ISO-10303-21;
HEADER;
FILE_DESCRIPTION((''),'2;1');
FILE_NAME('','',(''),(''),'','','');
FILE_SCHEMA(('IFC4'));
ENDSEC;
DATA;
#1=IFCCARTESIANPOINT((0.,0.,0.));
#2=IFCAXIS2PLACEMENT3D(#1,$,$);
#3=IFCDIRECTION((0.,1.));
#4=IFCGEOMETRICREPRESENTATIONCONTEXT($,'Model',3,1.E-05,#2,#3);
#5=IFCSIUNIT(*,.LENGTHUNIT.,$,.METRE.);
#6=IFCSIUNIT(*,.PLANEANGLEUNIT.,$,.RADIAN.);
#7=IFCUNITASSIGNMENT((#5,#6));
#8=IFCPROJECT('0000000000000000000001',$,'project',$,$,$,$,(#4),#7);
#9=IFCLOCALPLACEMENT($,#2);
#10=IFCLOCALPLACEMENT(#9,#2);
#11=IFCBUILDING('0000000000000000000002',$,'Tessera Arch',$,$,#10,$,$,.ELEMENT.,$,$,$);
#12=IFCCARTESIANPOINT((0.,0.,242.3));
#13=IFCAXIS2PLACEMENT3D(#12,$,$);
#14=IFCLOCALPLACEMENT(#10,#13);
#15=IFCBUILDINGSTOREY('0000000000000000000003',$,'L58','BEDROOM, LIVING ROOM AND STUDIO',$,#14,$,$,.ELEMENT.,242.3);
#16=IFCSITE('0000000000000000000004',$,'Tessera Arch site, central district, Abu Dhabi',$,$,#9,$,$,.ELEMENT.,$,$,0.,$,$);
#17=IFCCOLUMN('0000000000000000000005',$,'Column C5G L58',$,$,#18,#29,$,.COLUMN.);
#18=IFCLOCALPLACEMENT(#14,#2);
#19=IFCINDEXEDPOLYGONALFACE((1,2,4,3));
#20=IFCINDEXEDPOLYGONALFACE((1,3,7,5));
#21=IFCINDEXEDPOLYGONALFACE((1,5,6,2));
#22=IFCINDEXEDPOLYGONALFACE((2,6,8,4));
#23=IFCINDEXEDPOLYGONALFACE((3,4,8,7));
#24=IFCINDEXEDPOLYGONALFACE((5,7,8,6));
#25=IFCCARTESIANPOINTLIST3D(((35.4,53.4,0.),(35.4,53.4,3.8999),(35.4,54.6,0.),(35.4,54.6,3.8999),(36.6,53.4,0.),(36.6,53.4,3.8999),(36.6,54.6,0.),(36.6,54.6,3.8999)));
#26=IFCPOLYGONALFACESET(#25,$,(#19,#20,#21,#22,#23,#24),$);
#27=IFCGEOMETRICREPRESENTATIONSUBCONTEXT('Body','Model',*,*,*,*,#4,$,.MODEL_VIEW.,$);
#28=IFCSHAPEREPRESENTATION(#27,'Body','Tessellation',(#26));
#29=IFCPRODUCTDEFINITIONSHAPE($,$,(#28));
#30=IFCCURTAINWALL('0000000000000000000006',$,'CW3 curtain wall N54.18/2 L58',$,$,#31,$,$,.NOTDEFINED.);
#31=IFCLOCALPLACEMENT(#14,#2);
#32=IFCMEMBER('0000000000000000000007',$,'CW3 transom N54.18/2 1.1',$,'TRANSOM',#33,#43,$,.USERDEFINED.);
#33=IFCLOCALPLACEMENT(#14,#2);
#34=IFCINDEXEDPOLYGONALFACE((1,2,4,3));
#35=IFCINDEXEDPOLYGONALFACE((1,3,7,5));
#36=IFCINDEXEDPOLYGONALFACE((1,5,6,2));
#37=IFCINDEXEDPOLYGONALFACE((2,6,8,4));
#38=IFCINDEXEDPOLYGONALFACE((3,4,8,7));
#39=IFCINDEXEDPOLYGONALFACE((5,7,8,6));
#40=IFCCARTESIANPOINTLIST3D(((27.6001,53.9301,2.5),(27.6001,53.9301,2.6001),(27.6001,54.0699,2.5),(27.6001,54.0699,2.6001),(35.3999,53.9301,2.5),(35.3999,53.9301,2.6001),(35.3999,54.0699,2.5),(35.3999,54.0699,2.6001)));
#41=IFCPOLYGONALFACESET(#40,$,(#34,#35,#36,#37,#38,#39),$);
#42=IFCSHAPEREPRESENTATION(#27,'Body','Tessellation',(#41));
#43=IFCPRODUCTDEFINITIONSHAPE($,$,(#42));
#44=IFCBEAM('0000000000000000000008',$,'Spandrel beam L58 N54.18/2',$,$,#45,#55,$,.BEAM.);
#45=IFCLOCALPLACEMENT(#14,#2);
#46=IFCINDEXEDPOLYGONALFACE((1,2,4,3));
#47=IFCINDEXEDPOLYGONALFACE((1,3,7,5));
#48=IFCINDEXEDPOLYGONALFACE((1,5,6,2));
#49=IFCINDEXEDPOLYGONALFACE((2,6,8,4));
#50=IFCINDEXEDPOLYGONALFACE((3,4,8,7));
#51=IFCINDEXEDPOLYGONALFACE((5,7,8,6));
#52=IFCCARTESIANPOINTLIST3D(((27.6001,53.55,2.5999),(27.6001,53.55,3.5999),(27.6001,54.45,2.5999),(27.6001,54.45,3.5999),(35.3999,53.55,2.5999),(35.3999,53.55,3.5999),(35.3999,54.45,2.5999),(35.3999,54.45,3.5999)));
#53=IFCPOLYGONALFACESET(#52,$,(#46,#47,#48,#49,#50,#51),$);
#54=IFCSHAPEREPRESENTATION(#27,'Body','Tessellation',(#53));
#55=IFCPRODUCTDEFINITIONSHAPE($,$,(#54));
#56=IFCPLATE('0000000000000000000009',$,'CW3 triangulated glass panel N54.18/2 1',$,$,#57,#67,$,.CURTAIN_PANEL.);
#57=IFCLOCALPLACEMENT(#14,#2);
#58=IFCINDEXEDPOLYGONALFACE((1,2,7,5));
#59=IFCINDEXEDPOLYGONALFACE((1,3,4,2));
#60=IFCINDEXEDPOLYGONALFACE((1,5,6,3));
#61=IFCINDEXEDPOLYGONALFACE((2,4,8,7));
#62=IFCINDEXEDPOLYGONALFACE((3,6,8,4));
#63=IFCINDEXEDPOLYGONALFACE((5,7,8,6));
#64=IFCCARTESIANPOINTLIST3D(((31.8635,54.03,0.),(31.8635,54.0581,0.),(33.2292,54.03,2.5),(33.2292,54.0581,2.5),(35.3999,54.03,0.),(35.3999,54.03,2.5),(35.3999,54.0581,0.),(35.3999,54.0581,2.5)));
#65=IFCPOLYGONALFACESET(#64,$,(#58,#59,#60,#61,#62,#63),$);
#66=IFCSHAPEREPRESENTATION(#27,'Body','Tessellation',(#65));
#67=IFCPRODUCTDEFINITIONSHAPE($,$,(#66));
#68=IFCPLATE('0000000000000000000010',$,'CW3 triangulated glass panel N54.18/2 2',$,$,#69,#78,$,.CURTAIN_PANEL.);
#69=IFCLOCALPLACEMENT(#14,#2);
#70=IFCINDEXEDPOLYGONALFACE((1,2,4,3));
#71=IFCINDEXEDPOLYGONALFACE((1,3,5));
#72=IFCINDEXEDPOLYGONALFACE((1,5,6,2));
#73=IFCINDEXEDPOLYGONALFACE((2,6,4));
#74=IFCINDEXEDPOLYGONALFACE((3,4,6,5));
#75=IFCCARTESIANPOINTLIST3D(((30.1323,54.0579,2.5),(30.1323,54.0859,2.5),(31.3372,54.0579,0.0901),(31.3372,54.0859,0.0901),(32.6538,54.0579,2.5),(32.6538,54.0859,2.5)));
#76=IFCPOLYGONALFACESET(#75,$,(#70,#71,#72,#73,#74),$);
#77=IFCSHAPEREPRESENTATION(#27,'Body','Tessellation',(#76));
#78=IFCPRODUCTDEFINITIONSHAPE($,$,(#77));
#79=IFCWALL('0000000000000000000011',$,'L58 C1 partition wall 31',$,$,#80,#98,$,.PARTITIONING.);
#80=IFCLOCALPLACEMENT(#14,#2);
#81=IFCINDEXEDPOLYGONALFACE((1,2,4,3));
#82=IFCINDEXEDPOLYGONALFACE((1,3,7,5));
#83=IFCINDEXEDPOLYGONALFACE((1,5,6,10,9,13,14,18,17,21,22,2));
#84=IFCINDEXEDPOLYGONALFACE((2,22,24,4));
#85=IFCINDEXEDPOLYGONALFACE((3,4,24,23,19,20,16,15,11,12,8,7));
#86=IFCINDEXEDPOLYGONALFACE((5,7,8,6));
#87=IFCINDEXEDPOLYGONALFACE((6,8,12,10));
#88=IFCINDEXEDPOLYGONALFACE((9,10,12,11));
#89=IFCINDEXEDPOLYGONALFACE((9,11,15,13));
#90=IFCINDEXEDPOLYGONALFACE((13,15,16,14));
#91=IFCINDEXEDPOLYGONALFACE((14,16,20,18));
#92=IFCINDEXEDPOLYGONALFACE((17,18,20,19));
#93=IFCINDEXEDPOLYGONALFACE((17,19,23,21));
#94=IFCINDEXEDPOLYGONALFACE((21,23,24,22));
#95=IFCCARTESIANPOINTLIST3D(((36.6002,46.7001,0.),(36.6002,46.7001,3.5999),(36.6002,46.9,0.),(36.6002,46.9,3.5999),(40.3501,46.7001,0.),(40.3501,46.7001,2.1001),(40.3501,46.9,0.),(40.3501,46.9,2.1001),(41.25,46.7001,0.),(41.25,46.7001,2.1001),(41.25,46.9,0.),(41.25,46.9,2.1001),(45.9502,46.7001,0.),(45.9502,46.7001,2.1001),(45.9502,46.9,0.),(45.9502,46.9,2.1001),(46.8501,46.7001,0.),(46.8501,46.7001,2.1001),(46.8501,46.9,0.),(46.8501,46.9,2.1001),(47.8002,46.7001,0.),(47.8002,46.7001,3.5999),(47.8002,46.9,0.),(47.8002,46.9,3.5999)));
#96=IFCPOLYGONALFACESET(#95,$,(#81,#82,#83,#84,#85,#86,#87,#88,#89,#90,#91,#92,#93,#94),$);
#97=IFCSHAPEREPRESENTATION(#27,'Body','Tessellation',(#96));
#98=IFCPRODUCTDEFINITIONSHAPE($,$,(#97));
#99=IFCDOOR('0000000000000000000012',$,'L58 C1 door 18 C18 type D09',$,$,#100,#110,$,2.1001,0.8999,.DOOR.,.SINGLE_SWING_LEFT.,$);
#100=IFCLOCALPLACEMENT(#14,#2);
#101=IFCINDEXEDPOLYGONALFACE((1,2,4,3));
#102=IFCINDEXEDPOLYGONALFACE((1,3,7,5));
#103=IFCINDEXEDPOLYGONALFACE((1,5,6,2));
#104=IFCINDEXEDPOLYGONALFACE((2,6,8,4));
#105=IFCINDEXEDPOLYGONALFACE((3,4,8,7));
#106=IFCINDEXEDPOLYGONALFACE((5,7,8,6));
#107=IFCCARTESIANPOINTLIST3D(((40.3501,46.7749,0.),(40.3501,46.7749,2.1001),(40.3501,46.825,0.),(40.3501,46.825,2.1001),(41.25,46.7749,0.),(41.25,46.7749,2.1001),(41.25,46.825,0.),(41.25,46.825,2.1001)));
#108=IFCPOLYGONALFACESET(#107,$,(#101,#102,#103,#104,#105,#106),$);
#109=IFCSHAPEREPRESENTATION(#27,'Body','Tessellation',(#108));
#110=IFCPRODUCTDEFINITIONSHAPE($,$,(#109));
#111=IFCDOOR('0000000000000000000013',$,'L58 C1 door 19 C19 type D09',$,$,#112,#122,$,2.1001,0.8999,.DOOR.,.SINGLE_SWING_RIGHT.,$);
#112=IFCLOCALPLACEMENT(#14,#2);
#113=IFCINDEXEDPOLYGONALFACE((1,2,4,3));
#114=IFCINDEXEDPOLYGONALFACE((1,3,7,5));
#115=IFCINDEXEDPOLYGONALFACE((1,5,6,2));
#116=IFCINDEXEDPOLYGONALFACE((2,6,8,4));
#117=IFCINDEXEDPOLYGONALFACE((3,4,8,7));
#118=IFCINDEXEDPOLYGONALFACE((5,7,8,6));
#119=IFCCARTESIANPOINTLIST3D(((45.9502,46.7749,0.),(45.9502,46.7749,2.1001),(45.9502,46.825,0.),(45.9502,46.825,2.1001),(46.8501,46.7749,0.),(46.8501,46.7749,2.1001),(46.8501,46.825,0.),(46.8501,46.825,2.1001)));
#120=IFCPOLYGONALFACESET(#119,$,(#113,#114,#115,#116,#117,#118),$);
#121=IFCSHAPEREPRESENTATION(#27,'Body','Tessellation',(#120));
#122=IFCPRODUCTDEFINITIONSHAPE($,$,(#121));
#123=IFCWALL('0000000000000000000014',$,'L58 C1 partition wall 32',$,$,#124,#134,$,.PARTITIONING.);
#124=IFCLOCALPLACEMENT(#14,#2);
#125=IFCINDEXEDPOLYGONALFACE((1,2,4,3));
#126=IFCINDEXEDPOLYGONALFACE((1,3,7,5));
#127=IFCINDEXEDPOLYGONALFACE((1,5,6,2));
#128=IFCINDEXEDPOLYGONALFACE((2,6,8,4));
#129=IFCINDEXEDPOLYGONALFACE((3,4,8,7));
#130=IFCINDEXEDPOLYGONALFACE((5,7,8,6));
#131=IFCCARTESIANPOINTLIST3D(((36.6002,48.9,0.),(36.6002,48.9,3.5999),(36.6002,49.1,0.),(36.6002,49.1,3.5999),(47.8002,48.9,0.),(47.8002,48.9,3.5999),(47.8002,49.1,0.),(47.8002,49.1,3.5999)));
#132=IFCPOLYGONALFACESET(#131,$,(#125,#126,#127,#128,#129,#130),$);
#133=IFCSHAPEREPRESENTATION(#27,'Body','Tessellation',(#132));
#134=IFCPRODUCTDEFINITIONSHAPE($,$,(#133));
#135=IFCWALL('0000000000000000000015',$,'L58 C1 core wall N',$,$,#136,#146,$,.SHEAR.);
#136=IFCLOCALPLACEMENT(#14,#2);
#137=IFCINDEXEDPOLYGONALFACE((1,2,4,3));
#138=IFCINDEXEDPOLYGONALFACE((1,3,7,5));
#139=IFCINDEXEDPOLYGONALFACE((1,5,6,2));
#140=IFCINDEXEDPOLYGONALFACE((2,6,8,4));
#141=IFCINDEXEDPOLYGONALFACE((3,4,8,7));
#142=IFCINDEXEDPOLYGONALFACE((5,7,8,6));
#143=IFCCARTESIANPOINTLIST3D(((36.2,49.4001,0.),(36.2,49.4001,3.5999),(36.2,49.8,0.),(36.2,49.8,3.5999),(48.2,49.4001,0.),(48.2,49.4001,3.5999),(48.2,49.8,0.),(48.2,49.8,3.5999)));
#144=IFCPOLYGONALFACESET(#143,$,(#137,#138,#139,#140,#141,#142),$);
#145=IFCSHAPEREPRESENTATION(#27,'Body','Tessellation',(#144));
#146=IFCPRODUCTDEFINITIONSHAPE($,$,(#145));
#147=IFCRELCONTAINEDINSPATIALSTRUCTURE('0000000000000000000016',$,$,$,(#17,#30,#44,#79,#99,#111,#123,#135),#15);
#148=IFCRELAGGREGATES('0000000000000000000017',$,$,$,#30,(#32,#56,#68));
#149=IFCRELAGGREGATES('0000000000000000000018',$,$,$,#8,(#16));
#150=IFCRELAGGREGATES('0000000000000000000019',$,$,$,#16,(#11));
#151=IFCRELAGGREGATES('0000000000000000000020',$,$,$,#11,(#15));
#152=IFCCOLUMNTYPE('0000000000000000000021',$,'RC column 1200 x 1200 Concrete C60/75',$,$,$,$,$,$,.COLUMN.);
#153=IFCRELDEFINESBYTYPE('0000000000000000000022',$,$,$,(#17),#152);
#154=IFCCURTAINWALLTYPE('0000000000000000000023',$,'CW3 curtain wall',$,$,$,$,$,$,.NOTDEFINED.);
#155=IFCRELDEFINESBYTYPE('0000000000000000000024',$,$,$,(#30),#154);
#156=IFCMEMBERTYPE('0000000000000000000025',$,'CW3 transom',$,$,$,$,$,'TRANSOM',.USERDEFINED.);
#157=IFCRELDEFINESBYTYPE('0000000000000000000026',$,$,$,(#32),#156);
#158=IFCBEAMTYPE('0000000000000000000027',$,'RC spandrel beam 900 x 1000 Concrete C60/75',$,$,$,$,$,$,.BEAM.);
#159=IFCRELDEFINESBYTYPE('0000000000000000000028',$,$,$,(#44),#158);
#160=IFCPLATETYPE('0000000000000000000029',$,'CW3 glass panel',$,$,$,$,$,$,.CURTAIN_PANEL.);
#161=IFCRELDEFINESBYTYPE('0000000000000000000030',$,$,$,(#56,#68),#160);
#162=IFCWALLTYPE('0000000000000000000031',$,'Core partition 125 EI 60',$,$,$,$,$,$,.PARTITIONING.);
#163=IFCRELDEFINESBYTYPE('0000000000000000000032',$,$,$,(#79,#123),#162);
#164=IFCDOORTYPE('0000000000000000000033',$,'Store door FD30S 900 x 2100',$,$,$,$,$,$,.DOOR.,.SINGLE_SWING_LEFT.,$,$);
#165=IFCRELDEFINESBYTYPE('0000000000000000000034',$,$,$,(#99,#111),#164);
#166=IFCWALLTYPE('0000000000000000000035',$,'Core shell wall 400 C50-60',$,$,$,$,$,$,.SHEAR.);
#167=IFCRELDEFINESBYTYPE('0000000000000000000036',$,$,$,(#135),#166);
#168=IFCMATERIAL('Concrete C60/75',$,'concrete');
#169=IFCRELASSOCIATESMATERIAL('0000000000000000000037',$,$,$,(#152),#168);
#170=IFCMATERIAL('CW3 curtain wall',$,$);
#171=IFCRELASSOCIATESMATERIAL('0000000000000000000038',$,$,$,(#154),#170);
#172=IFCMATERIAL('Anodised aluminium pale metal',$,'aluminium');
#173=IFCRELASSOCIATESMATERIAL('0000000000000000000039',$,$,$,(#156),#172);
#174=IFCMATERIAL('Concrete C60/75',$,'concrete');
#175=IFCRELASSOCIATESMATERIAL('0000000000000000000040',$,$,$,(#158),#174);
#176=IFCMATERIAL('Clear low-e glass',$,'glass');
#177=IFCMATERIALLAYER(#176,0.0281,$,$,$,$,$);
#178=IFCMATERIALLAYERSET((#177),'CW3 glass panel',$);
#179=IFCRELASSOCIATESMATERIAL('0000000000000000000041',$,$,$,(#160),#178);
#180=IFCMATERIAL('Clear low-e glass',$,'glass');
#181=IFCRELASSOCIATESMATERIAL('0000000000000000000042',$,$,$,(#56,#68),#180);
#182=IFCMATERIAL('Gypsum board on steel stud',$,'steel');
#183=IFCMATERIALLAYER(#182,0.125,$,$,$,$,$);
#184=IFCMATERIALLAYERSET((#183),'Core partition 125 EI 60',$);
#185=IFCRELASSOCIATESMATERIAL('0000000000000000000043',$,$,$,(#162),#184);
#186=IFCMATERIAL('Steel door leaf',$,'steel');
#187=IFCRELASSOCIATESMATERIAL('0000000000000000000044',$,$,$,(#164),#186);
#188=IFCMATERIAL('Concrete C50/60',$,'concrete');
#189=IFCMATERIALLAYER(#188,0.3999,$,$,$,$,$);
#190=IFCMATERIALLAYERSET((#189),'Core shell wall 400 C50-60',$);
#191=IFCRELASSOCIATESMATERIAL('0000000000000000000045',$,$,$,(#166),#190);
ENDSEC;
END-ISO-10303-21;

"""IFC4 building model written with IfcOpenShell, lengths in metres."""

from ifc_helpers import new_model, si_unit, direction, frame, frame_2d, origin, origin_2d, place, context, subcontext, project, spatial, polyline, rectangle, outline, extrude, material, layer, layer_set, material_profile, profile_set, type_object, element, fill, aggregate, save


model = new_model("IFC4")

# Units and contexts
model_context = context("Model", 3, precision=1e-05, world=origin(), true_north=direction((0.0, 1.0)))
body_context = subcontext(model_context, "Body", "Model", "MODEL_VIEW")
ifc_project = project(units=[si_unit("LENGTHUNIT", "METRE"), si_unit("PLANEANGLEUNIT", "RADIAN")], contexts=[model_context])

# Site, building, storey
site_placement = place(None, origin())
site = spatial("IfcSite", under=ifc_project, at=site_placement, Name="Tessera Arch site, central district, Abu Dhabi", CompositionType="ELEMENT", RefElevation=0.0)
building_placement = place(site_placement, origin())
building = spatial("IfcBuilding", under=site, at=building_placement, Name="Tessera Arch", CompositionType="ELEMENT")
storey_placement = place(building_placement, frame((0.0, 0.0, 242.3)))
storey = spatial("IfcBuildingStorey", under=building, at=storey_placement, Name="L58", Description="BEDROOM, LIVING ROOM AND STUDIO", CompositionType="ELEMENT", Elevation=242.3)

# Column
ifc_material_1 = material(Name="Concrete C60/75", Category="concrete")
ifc_material_profile_1 = material_profile(ifc_material_1, rectangle(XDim=1.2, YDim=1.2, at=origin_2d()), Name="RC column 1200 x 1200 Concrete C60/75")
ifc_profile_set_1 = profile_set([ifc_material_profile_1], Name="Concrete C60/75")
column_type = type_object("IfcColumnType", Name="RC column 1200 x 1200 Concrete C60/75", PredefinedType="COLUMN", material=ifc_profile_set_1)
column_placement = place(storey_placement, frame((36.0, 54.0, 0.0), z_axis=(0.0, 0.0, 1.0), x_axis=(1.0, 0.0, 0.0)))
element("IfcColumn", 1, at=column_placement, inside=storey, type_object=column_type, Name="Column C5G L58", PredefinedType="COLUMN", context=body_context, shape_type="SweptSolid", body=[
    extrude(rectangle(XDim=1.2, YDim=1.2, at=origin_2d()), origin(), (0.0, 0.0, 1.0), 3.8999),
])

# Curtain wall, member
ifc_material_2 = material(Name="CW3 curtain wall")
curtain_wall_type = type_object("IfcCurtainWallType", Name="CW3 curtain wall", PredefinedType="NOTDEFINED", material=ifc_material_2)
curtain_wall_placement = place(storey_placement, origin())
curtain_wall = element("IfcCurtainWall", 2, at=curtain_wall_placement, inside=storey, type_object=curtain_wall_type, Name="CW3 curtain wall N54.18/2 L58", PredefinedType="NOTDEFINED")
ifc_material_3 = material(Name="Anodised aluminium pale metal", Category="aluminium")
ifc_material_profile_2 = material_profile(ifc_material_3, rectangle(XDim=0.1399, YDim=0.1001, at=origin_2d()), Name="AL 140x100")
ifc_profile_set_2 = profile_set([ifc_material_profile_2], Name="Anodised aluminium pale metal")
member_type = type_object("IfcMemberType", Name="CW3 transom", ElementType="TRANSOM", PredefinedType="USERDEFINED", material=ifc_profile_set_2)
member_placement = place(storey_placement, frame((35.3999, 54.0, 2.55), z_axis=(-1.0, 0.0, 0.0), x_axis=(0.0, -1.0, 0.0)))
member = element("IfcMember", 3, at=member_placement, type_object=member_type, Name="CW3 transom N54.18/2 1.1", ObjectType="TRANSOM", PredefinedType="USERDEFINED", context=body_context, shape_type="SweptSolid", body=[
    extrude(rectangle(XDim=0.1399, YDim=0.1001, at=origin_2d()), origin(), (0.0, 0.0, 1.0), 7.7998),
])

# Beam
ifc_material_4 = material(Name="Concrete C60/75", Category="concrete")
ifc_material_profile_3 = material_profile(ifc_material_4, rectangle(XDim=0.8999, YDim=1.0, at=origin_2d()), Name="RC spandrel beam 900 x 1000 Concrete C60/75")
ifc_profile_set_3 = profile_set([ifc_material_profile_3], Name="Concrete C60/75")
beam_type = type_object("IfcBeamType", Name="RC spandrel beam 900 x 1000 Concrete C60/75", PredefinedType="BEAM", material=ifc_profile_set_3)
beam_placement = place(storey_placement, frame((35.3999, 54.0, 3.0999), z_axis=(-1.0, 0.0, 0.0), x_axis=(0.0, -1.0, 0.0)))
element("IfcBeam", 4, at=beam_placement, inside=storey, type_object=beam_type, Name="Spandrel beam L58 N54.18/2", PredefinedType="BEAM", context=body_context, shape_type="SweptSolid", body=[
    extrude(rectangle(XDim=0.8999, YDim=1.0, at=origin_2d()), origin(), (0.0, 0.0, 1.0), 7.7998),
])

# Plates
ifc_material_5 = material(Name="Clear low-e glass", Category="glass")
ifc_material_6 = material(Name="Clear low-e glass", Category="glass")
ifc_layer_1 = layer(ifc_material_6, 0.0281)
ifc_layer_set_1 = layer_set([ifc_layer_1], Name="CW3 glass panel")
plate_type = type_object("IfcPlateType", Name="CW3 glass panel", PredefinedType="CURTAIN_PANEL", material=ifc_layer_set_1)
plate_1_placement = place(storey_placement, frame((35.3999, 54.0581, 0.0), z_axis=(0.0, 1.0, 0.0), x_axis=(-1.0, 0.0, 0.0)))
plate_1 = element("IfcPlate", 5, at=plate_1_placement, type_object=plate_type, material=ifc_material_5, Name="CW3 triangulated glass panel N54.18/2 1", PredefinedType="CURTAIN_PANEL", context=body_context, shape_type="SweptSolid", body=[
    extrude(outline(polyline([(0.0, 0.0), (3.5364, 0.0), (2.1707, 2.5), (0.0, 2.5), (0.0, 0.0)])), origin(), (0.0, 0.0, -1.0), 0.0281),
])
plate_2_placement = place(storey_placement, frame((30.1323, 54.0859, 2.5), z_axis=(0.0, 1.0, 0.0), x_axis=(1.0, 0.0, 0.0)))
plate_2 = element("IfcPlate", 6, at=plate_2_placement, type_object=plate_type, material=ifc_material_5, Name="CW3 triangulated glass panel N54.18/2 2", PredefinedType="CURTAIN_PANEL", context=body_context, shape_type="SweptSolid", body=[
    extrude(outline(polyline([(0.0, 0.0), (2.5215, 0.0), (1.2048, 2.4099), (0.0, 0.0)])), origin(), (0.0, 0.0, -1.0), 0.0281),
])
aggregate(curtain_wall, [member, plate_1, plate_2])

# Wall, openings, doors
ifc_material_7 = material(Name="Gypsum board on steel stud", Category="steel")
ifc_layer_2 = layer(ifc_material_7, 0.125)
ifc_layer_set_2 = layer_set([ifc_layer_2], Name="Core partition 125 EI 60")
wall_type_1 = type_object("IfcWallType", Name="Core partition 125 EI 60", PredefinedType="PARTITIONING", material=ifc_layer_set_2)
wall_1_placement = place(storey_placement, frame((36.6001, 46.8, 0.0), z_axis=(0.0, 0.0, 1.0), x_axis=(1.0, 0.0, 0.0)))
wall_1 = element("IfcWall", 7, at=wall_1_placement, inside=storey, type_object=wall_type_1, Name="L58 C1 partition wall 31", PredefinedType="PARTITIONING", context=body_context, shape_type="SweptSolid", body=[
    extrude(rectangle(XDim=11.2, YDim=0.2, at=frame_2d((5.6001, 0.0))), origin(), (0.0, 0.0, 1.0), 3.5999),
])
opening_1_placement = place(wall_1_placement, frame((3.75, 0.0, 0.0)))
opening_1 = element("IfcOpeningElement", 8, at=opening_1_placement, cuts=wall_1, PredefinedType="OPENING", context=body_context, shape_type="SweptSolid", body=[
    extrude(rectangle(XDim=0.8999, YDim=2.1001, at=frame_2d((0.45, 1.05))), frame((0.0, 0.1099, 0.0), z_axis=(0.0, -1.0, 0.0), x_axis=(1.0, 0.0, 0.0)), (0.0, 0.0, 1.0), 0.22),
])
opening_2_placement = place(wall_1_placement, frame((9.3501, 0.0, 0.0)))
opening_2 = element("IfcOpeningElement", 9, at=opening_2_placement, cuts=wall_1, PredefinedType="OPENING", context=body_context, shape_type="SweptSolid", body=[
    extrude(rectangle(XDim=0.8999, YDim=2.1001, at=frame_2d((0.45, 1.05))), frame((0.0, 0.1099, 0.0), z_axis=(0.0, -1.0, 0.0), x_axis=(1.0, 0.0, 0.0)), (0.0, 0.0, 1.0), 0.22),
])
ifc_material_8 = material(Name="Steel door leaf", Category="steel")
door_type_1 = type_object("IfcDoorType", Name="Store door FD30S 900 x 2100", OperationType="SINGLE_SWING_LEFT", PredefinedType="DOOR", material=ifc_material_8)
door_1_placement = place(opening_1_placement, origin())
door_1 = element("IfcDoor", 10, at=door_1_placement, inside=storey, type_object=door_type_1, Name="L58 C1 door 18 C18 type D09", OperationType="SINGLE_SWING_LEFT", OverallHeight=2.1001, OverallWidth=0.8999, PredefinedType="DOOR", context=body_context, shape_type="SweptSolid", body=[
    extrude(rectangle(XDim=0.8999, YDim=2.1001, at=frame_2d((0.45, 1.05))), frame((0.0, 0.0249, 0.0), z_axis=(0.0, -1.0, 0.0), x_axis=(1.0, 0.0, 0.0)), (0.0, 0.0, 1.0), 0.05),
])
fill(opening_1, door_1)
door_2_placement = place(opening_2_placement, origin())
door_2 = element("IfcDoor", 11, at=door_2_placement, inside=storey, type_object=door_type_1, Name="L58 C1 door 19 C19 type D09", OperationType="SINGLE_SWING_RIGHT", OverallHeight=2.1001, OverallWidth=0.8999, PredefinedType="DOOR", context=body_context, shape_type="SweptSolid", body=[
    extrude(rectangle(XDim=0.8999, YDim=2.1001, at=frame_2d((0.45, 1.05))), frame((0.0, 0.0249, 0.0), z_axis=(0.0, -1.0, 0.0), x_axis=(1.0, 0.0, 0.0)), (0.0, 0.0, 1.0), 0.05),
])
fill(opening_2, door_2)

# Walls
wall_2_placement = place(storey_placement, frame((36.6001, 49.0, 0.0), z_axis=(0.0, 0.0, 1.0), x_axis=(1.0, 0.0, 0.0)))
element("IfcWall", 12, at=wall_2_placement, inside=storey, type_object=wall_type_1, Name="L58 C1 partition wall 32", PredefinedType="PARTITIONING", context=body_context, shape_type="SweptSolid", body=[
    extrude(rectangle(XDim=11.2, YDim=0.2, at=frame_2d((5.6001, 0.0))), origin(), (0.0, 0.0, 1.0), 3.5999),
])
ifc_material_9 = material(Name="Concrete C50/60", Category="concrete")
ifc_layer_3 = layer(ifc_material_9, 0.3999)
ifc_layer_set_3 = layer_set([ifc_layer_3], Name="Core shell wall 400 C50-60")
wall_type_2 = type_object("IfcWallType", Name="Core shell wall 400 C50-60", PredefinedType="SHEAR", material=ifc_layer_set_3)
wall_3_placement = place(storey_placement, frame((36.2, 49.6001, 0.0), z_axis=(0.0, 0.0, 1.0), x_axis=(1.0, 0.0, 0.0)))
element("IfcWall", 13, at=wall_3_placement, inside=storey, type_object=wall_type_2, Name="L58 C1 core wall N", PredefinedType="SHEAR", context=body_context, shape_type="SweptSolid", body=[
    extrude(rectangle(XDim=12.0, YDim=0.3999, at=frame_2d((6.0, 0.0))), origin(), (0.0, 0.0, 1.0), 3.5999),
])

save(model, "model.ifc")
